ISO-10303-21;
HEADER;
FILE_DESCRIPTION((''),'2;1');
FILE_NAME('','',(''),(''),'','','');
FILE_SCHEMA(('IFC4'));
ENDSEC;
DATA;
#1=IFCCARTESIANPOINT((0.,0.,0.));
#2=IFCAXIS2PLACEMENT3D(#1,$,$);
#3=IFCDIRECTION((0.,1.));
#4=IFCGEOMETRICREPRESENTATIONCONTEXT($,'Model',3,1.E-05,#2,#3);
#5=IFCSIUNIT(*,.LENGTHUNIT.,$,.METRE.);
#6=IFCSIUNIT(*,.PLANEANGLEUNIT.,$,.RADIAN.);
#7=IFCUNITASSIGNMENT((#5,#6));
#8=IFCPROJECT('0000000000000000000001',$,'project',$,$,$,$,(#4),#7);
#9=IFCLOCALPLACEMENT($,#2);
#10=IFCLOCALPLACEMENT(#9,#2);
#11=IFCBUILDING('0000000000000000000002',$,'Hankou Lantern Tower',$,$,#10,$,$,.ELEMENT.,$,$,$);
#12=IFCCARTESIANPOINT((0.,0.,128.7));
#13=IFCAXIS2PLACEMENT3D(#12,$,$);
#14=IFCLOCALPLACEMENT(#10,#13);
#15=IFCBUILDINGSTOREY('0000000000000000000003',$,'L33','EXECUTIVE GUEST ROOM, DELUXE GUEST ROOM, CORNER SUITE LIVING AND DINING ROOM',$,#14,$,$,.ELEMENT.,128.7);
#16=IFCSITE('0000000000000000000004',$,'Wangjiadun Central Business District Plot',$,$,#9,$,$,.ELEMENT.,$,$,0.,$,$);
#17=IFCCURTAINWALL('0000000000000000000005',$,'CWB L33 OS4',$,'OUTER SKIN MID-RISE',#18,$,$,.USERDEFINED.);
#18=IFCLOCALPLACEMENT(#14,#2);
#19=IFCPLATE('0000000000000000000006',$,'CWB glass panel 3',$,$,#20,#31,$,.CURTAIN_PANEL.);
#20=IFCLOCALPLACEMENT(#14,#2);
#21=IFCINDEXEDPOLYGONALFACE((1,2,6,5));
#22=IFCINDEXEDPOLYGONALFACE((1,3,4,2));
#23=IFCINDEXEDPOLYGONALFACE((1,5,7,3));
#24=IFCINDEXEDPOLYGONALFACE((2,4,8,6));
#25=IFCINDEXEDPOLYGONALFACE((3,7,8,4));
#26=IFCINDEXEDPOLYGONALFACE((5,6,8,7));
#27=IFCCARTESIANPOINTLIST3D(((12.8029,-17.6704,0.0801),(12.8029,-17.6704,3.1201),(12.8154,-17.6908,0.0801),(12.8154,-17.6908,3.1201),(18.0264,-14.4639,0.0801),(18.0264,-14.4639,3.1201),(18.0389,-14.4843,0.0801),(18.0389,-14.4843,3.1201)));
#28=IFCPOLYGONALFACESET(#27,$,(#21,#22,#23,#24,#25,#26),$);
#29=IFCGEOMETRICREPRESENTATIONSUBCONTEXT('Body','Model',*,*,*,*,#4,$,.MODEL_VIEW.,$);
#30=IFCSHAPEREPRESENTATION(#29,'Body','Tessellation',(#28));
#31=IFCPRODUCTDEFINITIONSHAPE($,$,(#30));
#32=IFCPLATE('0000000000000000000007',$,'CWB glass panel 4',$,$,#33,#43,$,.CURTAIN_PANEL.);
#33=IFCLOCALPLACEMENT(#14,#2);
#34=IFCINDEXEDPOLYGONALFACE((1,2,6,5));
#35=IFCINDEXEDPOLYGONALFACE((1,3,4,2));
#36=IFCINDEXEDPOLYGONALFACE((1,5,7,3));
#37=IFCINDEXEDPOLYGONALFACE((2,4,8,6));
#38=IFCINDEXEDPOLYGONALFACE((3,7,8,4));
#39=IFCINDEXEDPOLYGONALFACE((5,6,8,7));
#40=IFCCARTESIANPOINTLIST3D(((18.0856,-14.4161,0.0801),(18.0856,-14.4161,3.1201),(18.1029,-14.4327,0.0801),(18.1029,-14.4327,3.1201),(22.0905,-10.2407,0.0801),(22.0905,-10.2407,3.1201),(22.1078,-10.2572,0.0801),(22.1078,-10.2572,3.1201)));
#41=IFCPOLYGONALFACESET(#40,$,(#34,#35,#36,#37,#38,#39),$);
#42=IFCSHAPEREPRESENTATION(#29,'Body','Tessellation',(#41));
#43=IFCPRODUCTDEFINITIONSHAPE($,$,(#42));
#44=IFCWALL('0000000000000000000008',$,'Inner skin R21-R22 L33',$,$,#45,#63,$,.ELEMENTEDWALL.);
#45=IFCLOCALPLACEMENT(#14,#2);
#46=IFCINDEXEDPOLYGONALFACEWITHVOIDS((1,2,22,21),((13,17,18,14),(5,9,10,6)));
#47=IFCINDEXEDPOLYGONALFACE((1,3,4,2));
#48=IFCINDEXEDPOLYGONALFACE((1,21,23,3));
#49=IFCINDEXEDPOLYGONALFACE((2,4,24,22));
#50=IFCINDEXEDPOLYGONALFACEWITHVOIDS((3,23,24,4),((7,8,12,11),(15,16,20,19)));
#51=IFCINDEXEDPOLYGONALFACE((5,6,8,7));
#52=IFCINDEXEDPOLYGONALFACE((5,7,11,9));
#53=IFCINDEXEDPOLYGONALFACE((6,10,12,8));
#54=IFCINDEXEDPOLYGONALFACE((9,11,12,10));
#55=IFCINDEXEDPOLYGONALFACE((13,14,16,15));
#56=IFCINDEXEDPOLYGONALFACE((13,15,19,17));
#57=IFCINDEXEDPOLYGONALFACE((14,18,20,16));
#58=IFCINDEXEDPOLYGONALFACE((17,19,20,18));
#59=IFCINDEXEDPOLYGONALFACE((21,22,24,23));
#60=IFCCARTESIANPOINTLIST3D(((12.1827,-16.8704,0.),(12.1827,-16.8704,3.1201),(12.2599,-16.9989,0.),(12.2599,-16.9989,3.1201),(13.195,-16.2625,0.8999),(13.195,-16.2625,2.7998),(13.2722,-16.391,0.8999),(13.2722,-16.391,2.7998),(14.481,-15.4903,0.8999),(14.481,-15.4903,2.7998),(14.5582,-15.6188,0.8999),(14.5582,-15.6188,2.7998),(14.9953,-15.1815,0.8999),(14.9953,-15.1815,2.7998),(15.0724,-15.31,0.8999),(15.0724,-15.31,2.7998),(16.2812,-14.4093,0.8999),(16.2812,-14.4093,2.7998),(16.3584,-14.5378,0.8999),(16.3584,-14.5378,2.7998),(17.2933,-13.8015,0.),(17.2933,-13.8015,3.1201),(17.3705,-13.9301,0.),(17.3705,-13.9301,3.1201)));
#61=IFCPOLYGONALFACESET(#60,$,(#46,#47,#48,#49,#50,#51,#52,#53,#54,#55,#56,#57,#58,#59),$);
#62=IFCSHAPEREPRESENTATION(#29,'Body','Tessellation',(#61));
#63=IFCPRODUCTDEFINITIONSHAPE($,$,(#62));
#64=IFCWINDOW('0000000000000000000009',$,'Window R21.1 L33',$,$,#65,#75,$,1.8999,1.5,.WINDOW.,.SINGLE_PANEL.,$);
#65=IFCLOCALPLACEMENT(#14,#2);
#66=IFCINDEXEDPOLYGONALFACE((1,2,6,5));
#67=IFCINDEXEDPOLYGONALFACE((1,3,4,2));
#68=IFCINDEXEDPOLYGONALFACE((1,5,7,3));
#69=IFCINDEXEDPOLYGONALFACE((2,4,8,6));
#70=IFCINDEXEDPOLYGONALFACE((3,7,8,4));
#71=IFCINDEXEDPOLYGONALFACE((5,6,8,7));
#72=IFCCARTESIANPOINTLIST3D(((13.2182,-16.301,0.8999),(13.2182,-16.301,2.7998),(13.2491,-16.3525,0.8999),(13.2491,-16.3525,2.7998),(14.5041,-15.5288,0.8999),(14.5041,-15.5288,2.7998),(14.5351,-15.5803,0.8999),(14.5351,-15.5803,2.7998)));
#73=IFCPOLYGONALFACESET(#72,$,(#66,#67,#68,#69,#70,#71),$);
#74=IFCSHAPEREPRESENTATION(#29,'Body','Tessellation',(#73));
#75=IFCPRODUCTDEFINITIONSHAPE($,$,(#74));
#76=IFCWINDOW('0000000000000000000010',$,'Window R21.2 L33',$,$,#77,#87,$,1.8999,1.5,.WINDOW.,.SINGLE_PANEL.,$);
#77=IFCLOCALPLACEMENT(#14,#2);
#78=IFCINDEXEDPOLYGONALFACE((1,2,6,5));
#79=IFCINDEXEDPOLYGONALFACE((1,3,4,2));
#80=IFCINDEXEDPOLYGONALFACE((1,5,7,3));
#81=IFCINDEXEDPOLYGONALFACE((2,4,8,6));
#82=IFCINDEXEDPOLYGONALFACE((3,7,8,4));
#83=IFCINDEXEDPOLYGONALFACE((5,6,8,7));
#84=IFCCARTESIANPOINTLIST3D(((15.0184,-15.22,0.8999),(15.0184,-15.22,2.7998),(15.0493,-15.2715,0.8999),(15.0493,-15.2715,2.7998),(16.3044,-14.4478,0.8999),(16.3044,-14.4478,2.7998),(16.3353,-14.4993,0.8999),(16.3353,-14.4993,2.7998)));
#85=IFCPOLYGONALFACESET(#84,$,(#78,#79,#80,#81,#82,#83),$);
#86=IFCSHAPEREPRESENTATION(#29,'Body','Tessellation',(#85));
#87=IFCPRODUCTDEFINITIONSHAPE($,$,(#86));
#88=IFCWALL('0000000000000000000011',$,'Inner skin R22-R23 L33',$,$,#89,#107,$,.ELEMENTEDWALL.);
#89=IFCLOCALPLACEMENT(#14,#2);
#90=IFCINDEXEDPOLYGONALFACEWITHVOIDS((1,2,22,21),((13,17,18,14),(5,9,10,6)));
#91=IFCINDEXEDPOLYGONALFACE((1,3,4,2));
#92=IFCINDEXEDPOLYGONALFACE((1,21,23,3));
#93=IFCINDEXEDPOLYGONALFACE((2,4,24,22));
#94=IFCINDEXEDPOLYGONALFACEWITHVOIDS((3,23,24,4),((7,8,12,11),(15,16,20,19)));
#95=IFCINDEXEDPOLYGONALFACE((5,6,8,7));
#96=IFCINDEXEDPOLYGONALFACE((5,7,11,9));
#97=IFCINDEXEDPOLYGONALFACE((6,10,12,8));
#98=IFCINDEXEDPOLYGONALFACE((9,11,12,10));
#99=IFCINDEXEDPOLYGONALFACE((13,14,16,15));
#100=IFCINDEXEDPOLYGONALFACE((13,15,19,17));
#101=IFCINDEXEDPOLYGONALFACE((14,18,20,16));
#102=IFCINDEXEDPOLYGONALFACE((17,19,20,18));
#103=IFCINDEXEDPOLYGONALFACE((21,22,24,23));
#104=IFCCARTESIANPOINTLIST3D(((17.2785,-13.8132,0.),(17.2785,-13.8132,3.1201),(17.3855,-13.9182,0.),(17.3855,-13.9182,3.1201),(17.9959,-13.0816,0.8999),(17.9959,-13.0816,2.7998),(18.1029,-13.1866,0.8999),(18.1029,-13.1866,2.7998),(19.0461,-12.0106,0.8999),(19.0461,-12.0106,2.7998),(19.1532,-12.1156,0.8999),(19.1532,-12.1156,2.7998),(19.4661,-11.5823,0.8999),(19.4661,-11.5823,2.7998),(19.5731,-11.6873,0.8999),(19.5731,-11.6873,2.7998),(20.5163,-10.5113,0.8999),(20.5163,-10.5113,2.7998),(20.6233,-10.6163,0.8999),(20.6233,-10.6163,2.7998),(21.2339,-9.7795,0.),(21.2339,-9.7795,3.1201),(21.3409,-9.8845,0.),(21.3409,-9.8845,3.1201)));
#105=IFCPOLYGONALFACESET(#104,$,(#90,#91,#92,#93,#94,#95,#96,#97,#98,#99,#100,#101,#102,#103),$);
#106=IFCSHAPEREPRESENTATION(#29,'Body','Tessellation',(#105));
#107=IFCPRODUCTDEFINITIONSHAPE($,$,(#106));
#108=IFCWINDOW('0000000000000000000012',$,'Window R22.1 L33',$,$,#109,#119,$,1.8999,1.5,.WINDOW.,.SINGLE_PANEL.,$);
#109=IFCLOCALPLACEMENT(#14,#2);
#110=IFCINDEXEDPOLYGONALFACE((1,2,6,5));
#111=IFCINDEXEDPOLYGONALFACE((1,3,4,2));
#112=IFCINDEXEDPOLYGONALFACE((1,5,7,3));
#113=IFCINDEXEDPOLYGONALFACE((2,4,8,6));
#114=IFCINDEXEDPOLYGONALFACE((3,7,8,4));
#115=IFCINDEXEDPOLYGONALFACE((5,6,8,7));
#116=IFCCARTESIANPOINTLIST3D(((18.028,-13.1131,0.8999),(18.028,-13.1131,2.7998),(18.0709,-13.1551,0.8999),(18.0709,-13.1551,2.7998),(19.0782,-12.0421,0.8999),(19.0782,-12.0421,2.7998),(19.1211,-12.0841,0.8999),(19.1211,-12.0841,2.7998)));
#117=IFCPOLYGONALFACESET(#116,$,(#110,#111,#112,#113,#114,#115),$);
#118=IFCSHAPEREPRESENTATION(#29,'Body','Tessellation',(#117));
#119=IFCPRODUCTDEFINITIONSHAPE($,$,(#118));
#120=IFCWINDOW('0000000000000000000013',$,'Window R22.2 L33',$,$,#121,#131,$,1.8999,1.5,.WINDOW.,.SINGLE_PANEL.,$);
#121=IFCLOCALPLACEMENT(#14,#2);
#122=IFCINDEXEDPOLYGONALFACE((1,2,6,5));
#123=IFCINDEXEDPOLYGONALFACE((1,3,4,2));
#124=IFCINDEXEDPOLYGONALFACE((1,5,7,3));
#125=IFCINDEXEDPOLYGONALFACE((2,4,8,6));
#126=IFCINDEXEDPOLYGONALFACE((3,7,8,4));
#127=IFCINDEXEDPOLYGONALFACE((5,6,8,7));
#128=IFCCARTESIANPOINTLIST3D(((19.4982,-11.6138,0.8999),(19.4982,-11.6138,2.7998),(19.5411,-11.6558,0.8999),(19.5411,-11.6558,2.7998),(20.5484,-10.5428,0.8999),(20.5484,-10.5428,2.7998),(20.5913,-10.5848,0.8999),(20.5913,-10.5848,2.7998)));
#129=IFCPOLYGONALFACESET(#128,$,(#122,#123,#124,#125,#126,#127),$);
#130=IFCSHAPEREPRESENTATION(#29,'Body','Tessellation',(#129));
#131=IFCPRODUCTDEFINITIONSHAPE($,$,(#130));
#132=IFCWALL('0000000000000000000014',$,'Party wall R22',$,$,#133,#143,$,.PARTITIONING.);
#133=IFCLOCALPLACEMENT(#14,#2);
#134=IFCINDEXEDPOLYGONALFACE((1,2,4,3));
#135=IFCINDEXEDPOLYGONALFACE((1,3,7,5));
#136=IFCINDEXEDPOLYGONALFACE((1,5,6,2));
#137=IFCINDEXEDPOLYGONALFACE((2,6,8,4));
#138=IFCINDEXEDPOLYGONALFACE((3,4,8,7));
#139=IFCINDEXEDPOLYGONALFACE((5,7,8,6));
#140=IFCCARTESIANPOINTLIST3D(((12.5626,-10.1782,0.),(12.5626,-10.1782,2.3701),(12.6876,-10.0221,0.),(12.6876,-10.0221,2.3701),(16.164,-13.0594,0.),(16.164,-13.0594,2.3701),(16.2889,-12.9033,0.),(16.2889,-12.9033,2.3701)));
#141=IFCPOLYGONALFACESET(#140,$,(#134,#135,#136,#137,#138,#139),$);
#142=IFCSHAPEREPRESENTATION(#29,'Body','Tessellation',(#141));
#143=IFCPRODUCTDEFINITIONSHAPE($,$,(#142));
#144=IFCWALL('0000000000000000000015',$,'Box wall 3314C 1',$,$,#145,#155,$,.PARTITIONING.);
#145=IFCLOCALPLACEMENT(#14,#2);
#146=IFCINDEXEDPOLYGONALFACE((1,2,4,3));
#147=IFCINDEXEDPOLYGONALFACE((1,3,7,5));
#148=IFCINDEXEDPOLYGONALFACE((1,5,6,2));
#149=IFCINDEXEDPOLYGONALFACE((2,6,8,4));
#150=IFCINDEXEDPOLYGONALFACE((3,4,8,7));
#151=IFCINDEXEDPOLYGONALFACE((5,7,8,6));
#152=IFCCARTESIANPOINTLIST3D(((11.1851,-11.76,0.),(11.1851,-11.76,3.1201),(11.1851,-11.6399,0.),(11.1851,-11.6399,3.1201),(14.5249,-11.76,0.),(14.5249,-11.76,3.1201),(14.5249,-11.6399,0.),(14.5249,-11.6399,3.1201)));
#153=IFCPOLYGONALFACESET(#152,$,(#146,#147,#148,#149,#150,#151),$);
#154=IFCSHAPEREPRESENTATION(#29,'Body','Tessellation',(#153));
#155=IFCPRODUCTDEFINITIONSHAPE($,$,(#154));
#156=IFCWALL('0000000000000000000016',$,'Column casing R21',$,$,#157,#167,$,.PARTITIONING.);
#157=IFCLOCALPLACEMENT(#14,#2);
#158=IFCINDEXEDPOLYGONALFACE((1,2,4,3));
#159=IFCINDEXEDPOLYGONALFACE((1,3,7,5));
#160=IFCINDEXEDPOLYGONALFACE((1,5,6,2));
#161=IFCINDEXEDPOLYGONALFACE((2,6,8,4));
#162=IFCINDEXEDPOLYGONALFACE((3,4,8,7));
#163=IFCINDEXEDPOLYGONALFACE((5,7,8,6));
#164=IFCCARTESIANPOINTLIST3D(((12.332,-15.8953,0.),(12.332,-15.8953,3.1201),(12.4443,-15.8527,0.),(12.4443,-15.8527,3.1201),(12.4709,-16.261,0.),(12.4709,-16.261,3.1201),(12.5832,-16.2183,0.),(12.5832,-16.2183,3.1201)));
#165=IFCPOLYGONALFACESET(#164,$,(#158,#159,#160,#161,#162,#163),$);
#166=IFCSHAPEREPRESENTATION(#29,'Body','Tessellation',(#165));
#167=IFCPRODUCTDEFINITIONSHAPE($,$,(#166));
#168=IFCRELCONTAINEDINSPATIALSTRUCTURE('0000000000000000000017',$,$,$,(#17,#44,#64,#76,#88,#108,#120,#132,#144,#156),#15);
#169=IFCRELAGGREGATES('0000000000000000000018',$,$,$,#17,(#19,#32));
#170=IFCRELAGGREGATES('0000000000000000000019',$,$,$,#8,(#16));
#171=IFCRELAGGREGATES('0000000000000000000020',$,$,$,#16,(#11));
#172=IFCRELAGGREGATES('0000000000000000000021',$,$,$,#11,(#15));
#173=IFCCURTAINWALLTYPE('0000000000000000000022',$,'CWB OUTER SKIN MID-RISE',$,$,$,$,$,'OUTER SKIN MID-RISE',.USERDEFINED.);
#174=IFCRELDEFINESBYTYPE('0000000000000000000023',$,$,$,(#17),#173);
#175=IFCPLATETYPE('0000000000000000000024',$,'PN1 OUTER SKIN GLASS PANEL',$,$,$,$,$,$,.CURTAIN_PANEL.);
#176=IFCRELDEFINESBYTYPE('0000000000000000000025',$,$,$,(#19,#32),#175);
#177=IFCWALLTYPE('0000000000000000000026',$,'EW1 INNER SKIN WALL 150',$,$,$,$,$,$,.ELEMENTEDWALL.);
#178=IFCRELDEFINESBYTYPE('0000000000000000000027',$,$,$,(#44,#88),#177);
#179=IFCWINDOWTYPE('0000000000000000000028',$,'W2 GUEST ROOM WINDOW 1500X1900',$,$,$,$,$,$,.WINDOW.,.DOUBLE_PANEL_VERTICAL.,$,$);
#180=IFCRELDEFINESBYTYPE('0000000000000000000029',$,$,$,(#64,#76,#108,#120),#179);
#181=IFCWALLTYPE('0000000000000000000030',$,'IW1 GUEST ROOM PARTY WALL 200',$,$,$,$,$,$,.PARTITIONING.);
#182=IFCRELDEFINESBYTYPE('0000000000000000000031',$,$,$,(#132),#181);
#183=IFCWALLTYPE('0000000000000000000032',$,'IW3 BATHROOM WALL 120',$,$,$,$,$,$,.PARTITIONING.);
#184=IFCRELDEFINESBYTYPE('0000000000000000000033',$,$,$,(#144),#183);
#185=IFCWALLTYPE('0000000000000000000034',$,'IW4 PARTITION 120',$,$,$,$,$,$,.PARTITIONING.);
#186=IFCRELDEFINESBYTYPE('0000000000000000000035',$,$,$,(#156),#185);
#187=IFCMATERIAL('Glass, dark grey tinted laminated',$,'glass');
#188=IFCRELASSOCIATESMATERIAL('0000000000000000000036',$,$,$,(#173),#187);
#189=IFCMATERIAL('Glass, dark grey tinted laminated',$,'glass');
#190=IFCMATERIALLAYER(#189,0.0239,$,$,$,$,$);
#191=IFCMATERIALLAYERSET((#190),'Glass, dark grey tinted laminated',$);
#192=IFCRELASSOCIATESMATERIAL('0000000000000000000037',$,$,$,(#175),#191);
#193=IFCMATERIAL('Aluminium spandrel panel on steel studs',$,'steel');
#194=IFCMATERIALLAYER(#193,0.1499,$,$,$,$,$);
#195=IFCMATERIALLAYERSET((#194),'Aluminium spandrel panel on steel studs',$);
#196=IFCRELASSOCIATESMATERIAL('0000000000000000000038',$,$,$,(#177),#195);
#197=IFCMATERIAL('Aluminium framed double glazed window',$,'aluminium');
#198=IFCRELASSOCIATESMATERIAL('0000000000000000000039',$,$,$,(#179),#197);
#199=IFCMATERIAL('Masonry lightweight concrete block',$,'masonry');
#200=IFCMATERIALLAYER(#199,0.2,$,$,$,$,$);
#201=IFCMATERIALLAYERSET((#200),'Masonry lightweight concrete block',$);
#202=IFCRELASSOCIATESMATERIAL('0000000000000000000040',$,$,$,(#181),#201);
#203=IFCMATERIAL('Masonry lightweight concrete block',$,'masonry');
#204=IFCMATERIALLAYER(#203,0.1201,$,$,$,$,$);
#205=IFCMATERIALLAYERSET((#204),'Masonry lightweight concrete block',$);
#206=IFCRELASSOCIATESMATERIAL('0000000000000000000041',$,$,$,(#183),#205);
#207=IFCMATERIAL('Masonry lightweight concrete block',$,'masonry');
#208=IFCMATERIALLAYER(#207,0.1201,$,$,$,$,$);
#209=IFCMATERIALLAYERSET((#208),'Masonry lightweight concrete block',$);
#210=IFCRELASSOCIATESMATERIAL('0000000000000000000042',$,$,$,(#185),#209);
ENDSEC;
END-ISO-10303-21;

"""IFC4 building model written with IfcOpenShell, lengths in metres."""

from ifc_helpers import new_model, si_unit, direction, frame, frame_2d, origin, origin_2d, place, context, subcontext, project, spatial, rectangle, extrude, material, layer, layer_set, type_object, element, fill, aggregate, save


model = new_model("IFC4")

# Units and contexts
model_context = context("Model", 3, precision=1e-05, world=origin(), true_north=direction((0.0, 1.0)))
body_context = subcontext(model_context, "Body", "Model", "MODEL_VIEW")
ifc_project = project(units=[si_unit("LENGTHUNIT", "METRE"), si_unit("PLANEANGLEUNIT", "RADIAN")], contexts=[model_context])

# Site, building, storey
site_placement = place(None, origin())
site = spatial("IfcSite", under=ifc_project, at=site_placement, Name="Wangjiadun Central Business District Plot", CompositionType="ELEMENT", RefElevation=0.0)
building_placement = place(site_placement, origin())
building = spatial("IfcBuilding", under=site, at=building_placement, Name="Hankou Lantern Tower", CompositionType="ELEMENT")
storey_placement = place(building_placement, frame((0.0, 0.0, 128.7)))
storey = spatial("IfcBuildingStorey", under=building, at=storey_placement, Name="L33", Description="EXECUTIVE GUEST ROOM, DELUXE GUEST ROOM, CORNER SUITE LIVING AND DINING ROOM", CompositionType="ELEMENT", Elevation=128.7)

# Curtain wall, plates
ifc_material_1 = material(Name="Glass, dark grey tinted laminated", Category="glass")
curtain_wall_type = type_object("IfcCurtainWallType", Name="CWB OUTER SKIN MID-RISE", ElementType="OUTER SKIN MID-RISE", PredefinedType="USERDEFINED", material=ifc_material_1)
curtain_wall_placement = place(storey_placement, origin())
curtain_wall = element("IfcCurtainWall", 1, at=curtain_wall_placement, inside=storey, type_object=curtain_wall_type, Name="CWB L33 OS4", ObjectType="OUTER SKIN MID-RISE", PredefinedType="USERDEFINED")
ifc_material_2 = material(Name="Glass, dark grey tinted laminated", Category="glass")
ifc_layer_1 = layer(ifc_material_2, 0.0239)
ifc_layer_set_1 = layer_set([ifc_layer_1], Name="Glass, dark grey tinted laminated")
plate_type = type_object("IfcPlateType", Name="PN1 OUTER SKIN GLASS PANEL", PredefinedType="CURTAIN_PANEL", material=ifc_layer_set_1)
plate_1_placement = place(storey_placement, frame((15.4209, -16.0774, 0.0801), z_axis=(0.0, 0.0, 1.0), x_axis=(0.852237, 0.523156, 0.0)))
plate_1 = element("IfcPlate", 2, at=plate_1_placement, type_object=plate_type, Name="CWB glass panel 3", PredefinedType="CURTAIN_PANEL", context=body_context, shape_type="SweptSolid", body=[
    extrude(rectangle(XDim=6.1292, YDim=0.0239, at=origin_2d()), origin(), (0.0, 0.0, 1.0), 3.04),
])
plate_2_placement = place(storey_placement, frame((20.0967, -12.3367, 0.0801), z_axis=(0.0, 0.0, 1.0), x_axis=(0.692216, 0.721691, 0.0)))
plate_2 = element("IfcPlate", 3, at=plate_2_placement, type_object=plate_type, Name="CWB glass panel 4", PredefinedType="CURTAIN_PANEL", context=body_context, shape_type="SweptSolid", body=[
    extrude(rectangle(XDim=5.7856, YDim=0.0239, at=origin_2d()), origin(), (0.0, 0.0, 1.0), 3.04),
])
aggregate(curtain_wall, [plate_1, plate_2])

# Walls, openings, windows
ifc_material_3 = material(Name="Aluminium spandrel panel on steel studs", Category="steel")
ifc_layer_2 = layer(ifc_material_3, 0.1499)
ifc_layer_set_2 = layer_set([ifc_layer_2], Name="Aluminium spandrel panel on steel studs")
wall_type_1 = type_object("IfcWallType", Name="EW1 INNER SKIN WALL 150", PredefinedType="ELEMENTEDWALL", material=ifc_layer_set_2)
wall_1_placement = place(storey_placement, frame((12.2214, -16.9346, 0.0), z_axis=(0.0, 0.0, 1.0), x_axis=(0.857309, 0.514803, 0.0)))
wall_1 = element("IfcWall", 4, at=wall_1_placement, inside=storey, type_object=wall_type_1, Name="Inner skin R21-R22 L33", PredefinedType="ELEMENTEDWALL", context=body_context, shape_type="SweptSolid", body=[
    extrude(rectangle(XDim=5.9612, YDim=0.1499, at=frame_2d((2.9805, 0.0))), origin(), (0.0, 0.0, 1.0), 3.1201),
])
opening_1_placement = place(wall_1_placement, frame((1.1807, 0.0, 0.8999)))
opening_1 = element("IfcOpeningElement", 5, at=opening_1_placement, cuts=wall_1, PredefinedType="OPENING", context=body_context, shape_type="SweptSolid", body=[
    extrude(rectangle(XDim=1.5, YDim=1.8999, at=frame_2d((0.75, 0.95))), frame((0.0, 0.085, 0.0), z_axis=(0.0, -1.0, 0.0), x_axis=(1.0, 0.0, 0.0)), (0.0, 0.0, 1.0), 0.1699),
])
opening_2_placement = place(wall_1_placement, frame((3.2805, 0.0, 0.8999)))
opening_2 = element("IfcOpeningElement", 6, at=opening_2_placement, cuts=wall_1, PredefinedType="OPENING", context=body_context, shape_type="SweptSolid", body=[
    extrude(rectangle(XDim=1.5, YDim=1.8999, at=frame_2d((0.75, 0.95))), frame((0.0, 0.085, 0.0), z_axis=(0.0, -1.0, 0.0), x_axis=(1.0, 0.0, 0.0)), (0.0, 0.0, 1.0), 0.1699),
])
ifc_material_4 = material(Name="Aluminium framed double glazed window", Category="aluminium")
window_type = type_object("IfcWindowType", Name="W2 GUEST ROOM WINDOW 1500X1900", PartitioningType="DOUBLE_PANEL_VERTICAL", PredefinedType="WINDOW", material=ifc_material_4)
window_1_placement = place(opening_1_placement, origin())
window_1 = element("IfcWindow", 7, at=window_1_placement, inside=storey, type_object=window_type, Name="Window R21.1 L33", OverallHeight=1.8999, OverallWidth=1.5, PartitioningType="SINGLE_PANEL", PredefinedType="WINDOW", context=body_context, shape_type="SweptSolid", body=[
    extrude(rectangle(XDim=1.5, YDim=1.8999, at=frame_2d((0.75, 0.95))), frame((0.0, 0.03, 0.0), z_axis=(0.0, -1.0, 0.0), x_axis=(1.0, 0.0, 0.0)), (0.0, 0.0, 1.0), 0.0601),
])
fill(opening_1, window_1)
window_2_placement = place(opening_2_placement, origin())
window_2 = element("IfcWindow", 8, at=window_2_placement, inside=storey, type_object=window_type, Name="Window R21.2 L33", OverallHeight=1.8999, OverallWidth=1.5, PartitioningType="SINGLE_PANEL", PredefinedType="WINDOW", context=body_context, shape_type="SweptSolid", body=[
    extrude(rectangle(XDim=1.5, YDim=1.8999, at=frame_2d((0.75, 0.95))), frame((0.0, 0.03, 0.0), z_axis=(0.0, -1.0, 0.0), x_axis=(1.0, 0.0, 0.0)), (0.0, 0.0, 1.0), 0.0601),
])
fill(opening_2, window_2)
wall_2_placement = place(storey_placement, frame((17.332, -13.8657, 0.0), z_axis=(0.0, 0.0, 1.0), x_axis=(0.700137, 0.714009, 0.0)))
wall_2 = element("IfcWall", 9, at=wall_2_placement, inside=storey, type_object=wall_type_1, Name="Inner skin R22-R23 L33", PredefinedType="ELEMENTEDWALL", context=body_context, shape_type="SweptSolid", body=[
    extrude(rectangle(XDim=5.6494, YDim=0.1499, at=frame_2d((2.8247, 0.0))), origin(), (0.0, 0.0, 1.0), 3.1201),
])
opening_3_placement = place(wall_2_placement, frame((1.0247, 0.0, 0.8999)))
opening_3 = element("IfcOpeningElement", 10, at=opening_3_placement, cuts=wall_2, PredefinedType="OPENING", context=body_context, shape_type="SweptSolid", body=[
    extrude(rectangle(XDim=1.5, YDim=1.8999, at=frame_2d((0.75, 0.95))), frame((0.0, 0.085, 0.0), z_axis=(0.0, -1.0, 0.0), x_axis=(1.0, 0.0, 0.0)), (0.0, 0.0, 1.0), 0.1699),
])
opening_4_placement = place(wall_2_placement, frame((3.1245, 0.0, 0.8999)))
opening_4 = element("IfcOpeningElement", 11, at=opening_4_placement, cuts=wall_2, PredefinedType="OPENING", context=body_context, shape_type="SweptSolid", body=[
    extrude(rectangle(XDim=1.5, YDim=1.8999, at=frame_2d((0.75, 0.95))), frame((0.0, 0.085, 0.0), z_axis=(0.0, -1.0, 0.0), x_axis=(1.0, 0.0, 0.0)), (0.0, 0.0, 1.0), 0.1699),
])
window_3_placement = place(opening_3_placement, origin())
window_3 = element("IfcWindow", 12, at=window_3_placement, inside=storey, type_object=window_type, Name="Window R22.1 L33", OverallHeight=1.8999, OverallWidth=1.5, PartitioningType="SINGLE_PANEL", PredefinedType="WINDOW", context=body_context, shape_type="SweptSolid", body=[
    extrude(rectangle(XDim=1.5, YDim=1.8999, at=frame_2d((0.75, 0.95))), frame((0.0, 0.03, 0.0), z_axis=(0.0, -1.0, 0.0), x_axis=(1.0, 0.0, 0.0)), (0.0, 0.0, 1.0), 0.0601),
])
fill(opening_3, window_3)
window_4_placement = place(opening_4_placement, origin())
window_4 = element("IfcWindow", 13, at=window_4_placement, inside=storey, type_object=window_type, Name="Window R22.2 L33", OverallHeight=1.8999, OverallWidth=1.5, PartitioningType="SINGLE_PANEL", PredefinedType="WINDOW", context=body_context, shape_type="SweptSolid", body=[
    extrude(rectangle(XDim=1.5, YDim=1.8999, at=frame_2d((0.75, 0.95))), frame((0.0, 0.03, 0.0), z_axis=(0.0, -1.0, 0.0), x_axis=(1.0, 0.0, 0.0)), (0.0, 0.0, 1.0), 0.0601),
])
fill(opening_4, window_4)

# Walls
ifc_material_5 = material(Name="Masonry lightweight concrete block", Category="masonry")
ifc_layer_3 = layer(ifc_material_5, 0.2)
ifc_layer_set_3 = layer_set([ifc_layer_3], Name="Masonry lightweight concrete block")
wall_type_2 = type_object("IfcWallType", Name="IW1 GUEST ROOM PARTY WALL 200", PredefinedType="PARTITIONING", material=ifc_layer_set_3)
wall_3_placement = place(storey_placement, frame((12.625, -10.1001, 0.0), z_axis=(0.0, 0.0, 1.0), x_axis=(0.780864, -0.624702, 0.0)))
element("IfcWall", 14, at=wall_3_placement, inside=storey, type_object=wall_type_2, Name="Party wall R22", PredefinedType="PARTITIONING", context=body_context, shape_type="SweptSolid", body=[
    extrude(rectangle(XDim=4.6121, YDim=0.2, at=frame_2d((2.3062, 0.0))), origin(), (0.0, 0.0, 1.0), 2.3701),
])
ifc_material_6 = material(Name="Masonry lightweight concrete block", Category="masonry")
ifc_layer_4 = layer(ifc_material_6, 0.1201)
ifc_layer_set_4 = layer_set([ifc_layer_4], Name="Masonry lightweight concrete block")
wall_type_3 = type_object("IfcWallType", Name="IW3 BATHROOM WALL 120", PredefinedType="PARTITIONING", material=ifc_layer_set_4)
wall_4_placement = place(storey_placement, frame((14.5249, -11.7, 0.0), z_axis=(0.0, 0.0, 1.0), x_axis=(-1.0, 0.0, 0.0)))
element("IfcWall", 15, at=wall_4_placement, inside=storey, type_object=wall_type_3, Name="Box wall 3314C 1", PredefinedType="PARTITIONING", context=body_context, shape_type="SweptSolid", body=[
    extrude(rectangle(XDim=3.3398, YDim=0.1201, at=frame_2d((1.6699, 0.0))), origin(), (0.0, 0.0, 1.0), 3.1201),
])
ifc_material_7 = material(Name="Masonry lightweight concrete block", Category="masonry")
ifc_layer_5 = layer(ifc_material_7, 0.1201)
ifc_layer_set_5 = layer_set([ifc_layer_5], Name="Masonry lightweight concrete block")
wall_type_4 = type_object("IfcWallType", Name="IW4 PARTITION 120", PredefinedType="PARTITIONING", material=ifc_layer_set_5)
for number, where, z_axis, x_axis, name in (
    (16, (12.3882, -15.874, 0.0), (0.0, 0.0, 1.0), (0.355087, -0.934833, 0.0), "Column casing R21"),
):
    element("IfcWall", number, at=place(storey_placement, frame(where, z_axis=z_axis, x_axis=x_axis)), inside=storey, type_object=wall_type_4, Name=name, PredefinedType="PARTITIONING", context=body_context, shape_type="SweptSolid", body=[
        extrude(rectangle(XDim=0.3911, YDim=0.1201, at=frame_2d((0.1956, 0.0))), origin(), (0.0, 0.0, 1.0), 3.1201),
    ])

save(model, "model.ifc")
